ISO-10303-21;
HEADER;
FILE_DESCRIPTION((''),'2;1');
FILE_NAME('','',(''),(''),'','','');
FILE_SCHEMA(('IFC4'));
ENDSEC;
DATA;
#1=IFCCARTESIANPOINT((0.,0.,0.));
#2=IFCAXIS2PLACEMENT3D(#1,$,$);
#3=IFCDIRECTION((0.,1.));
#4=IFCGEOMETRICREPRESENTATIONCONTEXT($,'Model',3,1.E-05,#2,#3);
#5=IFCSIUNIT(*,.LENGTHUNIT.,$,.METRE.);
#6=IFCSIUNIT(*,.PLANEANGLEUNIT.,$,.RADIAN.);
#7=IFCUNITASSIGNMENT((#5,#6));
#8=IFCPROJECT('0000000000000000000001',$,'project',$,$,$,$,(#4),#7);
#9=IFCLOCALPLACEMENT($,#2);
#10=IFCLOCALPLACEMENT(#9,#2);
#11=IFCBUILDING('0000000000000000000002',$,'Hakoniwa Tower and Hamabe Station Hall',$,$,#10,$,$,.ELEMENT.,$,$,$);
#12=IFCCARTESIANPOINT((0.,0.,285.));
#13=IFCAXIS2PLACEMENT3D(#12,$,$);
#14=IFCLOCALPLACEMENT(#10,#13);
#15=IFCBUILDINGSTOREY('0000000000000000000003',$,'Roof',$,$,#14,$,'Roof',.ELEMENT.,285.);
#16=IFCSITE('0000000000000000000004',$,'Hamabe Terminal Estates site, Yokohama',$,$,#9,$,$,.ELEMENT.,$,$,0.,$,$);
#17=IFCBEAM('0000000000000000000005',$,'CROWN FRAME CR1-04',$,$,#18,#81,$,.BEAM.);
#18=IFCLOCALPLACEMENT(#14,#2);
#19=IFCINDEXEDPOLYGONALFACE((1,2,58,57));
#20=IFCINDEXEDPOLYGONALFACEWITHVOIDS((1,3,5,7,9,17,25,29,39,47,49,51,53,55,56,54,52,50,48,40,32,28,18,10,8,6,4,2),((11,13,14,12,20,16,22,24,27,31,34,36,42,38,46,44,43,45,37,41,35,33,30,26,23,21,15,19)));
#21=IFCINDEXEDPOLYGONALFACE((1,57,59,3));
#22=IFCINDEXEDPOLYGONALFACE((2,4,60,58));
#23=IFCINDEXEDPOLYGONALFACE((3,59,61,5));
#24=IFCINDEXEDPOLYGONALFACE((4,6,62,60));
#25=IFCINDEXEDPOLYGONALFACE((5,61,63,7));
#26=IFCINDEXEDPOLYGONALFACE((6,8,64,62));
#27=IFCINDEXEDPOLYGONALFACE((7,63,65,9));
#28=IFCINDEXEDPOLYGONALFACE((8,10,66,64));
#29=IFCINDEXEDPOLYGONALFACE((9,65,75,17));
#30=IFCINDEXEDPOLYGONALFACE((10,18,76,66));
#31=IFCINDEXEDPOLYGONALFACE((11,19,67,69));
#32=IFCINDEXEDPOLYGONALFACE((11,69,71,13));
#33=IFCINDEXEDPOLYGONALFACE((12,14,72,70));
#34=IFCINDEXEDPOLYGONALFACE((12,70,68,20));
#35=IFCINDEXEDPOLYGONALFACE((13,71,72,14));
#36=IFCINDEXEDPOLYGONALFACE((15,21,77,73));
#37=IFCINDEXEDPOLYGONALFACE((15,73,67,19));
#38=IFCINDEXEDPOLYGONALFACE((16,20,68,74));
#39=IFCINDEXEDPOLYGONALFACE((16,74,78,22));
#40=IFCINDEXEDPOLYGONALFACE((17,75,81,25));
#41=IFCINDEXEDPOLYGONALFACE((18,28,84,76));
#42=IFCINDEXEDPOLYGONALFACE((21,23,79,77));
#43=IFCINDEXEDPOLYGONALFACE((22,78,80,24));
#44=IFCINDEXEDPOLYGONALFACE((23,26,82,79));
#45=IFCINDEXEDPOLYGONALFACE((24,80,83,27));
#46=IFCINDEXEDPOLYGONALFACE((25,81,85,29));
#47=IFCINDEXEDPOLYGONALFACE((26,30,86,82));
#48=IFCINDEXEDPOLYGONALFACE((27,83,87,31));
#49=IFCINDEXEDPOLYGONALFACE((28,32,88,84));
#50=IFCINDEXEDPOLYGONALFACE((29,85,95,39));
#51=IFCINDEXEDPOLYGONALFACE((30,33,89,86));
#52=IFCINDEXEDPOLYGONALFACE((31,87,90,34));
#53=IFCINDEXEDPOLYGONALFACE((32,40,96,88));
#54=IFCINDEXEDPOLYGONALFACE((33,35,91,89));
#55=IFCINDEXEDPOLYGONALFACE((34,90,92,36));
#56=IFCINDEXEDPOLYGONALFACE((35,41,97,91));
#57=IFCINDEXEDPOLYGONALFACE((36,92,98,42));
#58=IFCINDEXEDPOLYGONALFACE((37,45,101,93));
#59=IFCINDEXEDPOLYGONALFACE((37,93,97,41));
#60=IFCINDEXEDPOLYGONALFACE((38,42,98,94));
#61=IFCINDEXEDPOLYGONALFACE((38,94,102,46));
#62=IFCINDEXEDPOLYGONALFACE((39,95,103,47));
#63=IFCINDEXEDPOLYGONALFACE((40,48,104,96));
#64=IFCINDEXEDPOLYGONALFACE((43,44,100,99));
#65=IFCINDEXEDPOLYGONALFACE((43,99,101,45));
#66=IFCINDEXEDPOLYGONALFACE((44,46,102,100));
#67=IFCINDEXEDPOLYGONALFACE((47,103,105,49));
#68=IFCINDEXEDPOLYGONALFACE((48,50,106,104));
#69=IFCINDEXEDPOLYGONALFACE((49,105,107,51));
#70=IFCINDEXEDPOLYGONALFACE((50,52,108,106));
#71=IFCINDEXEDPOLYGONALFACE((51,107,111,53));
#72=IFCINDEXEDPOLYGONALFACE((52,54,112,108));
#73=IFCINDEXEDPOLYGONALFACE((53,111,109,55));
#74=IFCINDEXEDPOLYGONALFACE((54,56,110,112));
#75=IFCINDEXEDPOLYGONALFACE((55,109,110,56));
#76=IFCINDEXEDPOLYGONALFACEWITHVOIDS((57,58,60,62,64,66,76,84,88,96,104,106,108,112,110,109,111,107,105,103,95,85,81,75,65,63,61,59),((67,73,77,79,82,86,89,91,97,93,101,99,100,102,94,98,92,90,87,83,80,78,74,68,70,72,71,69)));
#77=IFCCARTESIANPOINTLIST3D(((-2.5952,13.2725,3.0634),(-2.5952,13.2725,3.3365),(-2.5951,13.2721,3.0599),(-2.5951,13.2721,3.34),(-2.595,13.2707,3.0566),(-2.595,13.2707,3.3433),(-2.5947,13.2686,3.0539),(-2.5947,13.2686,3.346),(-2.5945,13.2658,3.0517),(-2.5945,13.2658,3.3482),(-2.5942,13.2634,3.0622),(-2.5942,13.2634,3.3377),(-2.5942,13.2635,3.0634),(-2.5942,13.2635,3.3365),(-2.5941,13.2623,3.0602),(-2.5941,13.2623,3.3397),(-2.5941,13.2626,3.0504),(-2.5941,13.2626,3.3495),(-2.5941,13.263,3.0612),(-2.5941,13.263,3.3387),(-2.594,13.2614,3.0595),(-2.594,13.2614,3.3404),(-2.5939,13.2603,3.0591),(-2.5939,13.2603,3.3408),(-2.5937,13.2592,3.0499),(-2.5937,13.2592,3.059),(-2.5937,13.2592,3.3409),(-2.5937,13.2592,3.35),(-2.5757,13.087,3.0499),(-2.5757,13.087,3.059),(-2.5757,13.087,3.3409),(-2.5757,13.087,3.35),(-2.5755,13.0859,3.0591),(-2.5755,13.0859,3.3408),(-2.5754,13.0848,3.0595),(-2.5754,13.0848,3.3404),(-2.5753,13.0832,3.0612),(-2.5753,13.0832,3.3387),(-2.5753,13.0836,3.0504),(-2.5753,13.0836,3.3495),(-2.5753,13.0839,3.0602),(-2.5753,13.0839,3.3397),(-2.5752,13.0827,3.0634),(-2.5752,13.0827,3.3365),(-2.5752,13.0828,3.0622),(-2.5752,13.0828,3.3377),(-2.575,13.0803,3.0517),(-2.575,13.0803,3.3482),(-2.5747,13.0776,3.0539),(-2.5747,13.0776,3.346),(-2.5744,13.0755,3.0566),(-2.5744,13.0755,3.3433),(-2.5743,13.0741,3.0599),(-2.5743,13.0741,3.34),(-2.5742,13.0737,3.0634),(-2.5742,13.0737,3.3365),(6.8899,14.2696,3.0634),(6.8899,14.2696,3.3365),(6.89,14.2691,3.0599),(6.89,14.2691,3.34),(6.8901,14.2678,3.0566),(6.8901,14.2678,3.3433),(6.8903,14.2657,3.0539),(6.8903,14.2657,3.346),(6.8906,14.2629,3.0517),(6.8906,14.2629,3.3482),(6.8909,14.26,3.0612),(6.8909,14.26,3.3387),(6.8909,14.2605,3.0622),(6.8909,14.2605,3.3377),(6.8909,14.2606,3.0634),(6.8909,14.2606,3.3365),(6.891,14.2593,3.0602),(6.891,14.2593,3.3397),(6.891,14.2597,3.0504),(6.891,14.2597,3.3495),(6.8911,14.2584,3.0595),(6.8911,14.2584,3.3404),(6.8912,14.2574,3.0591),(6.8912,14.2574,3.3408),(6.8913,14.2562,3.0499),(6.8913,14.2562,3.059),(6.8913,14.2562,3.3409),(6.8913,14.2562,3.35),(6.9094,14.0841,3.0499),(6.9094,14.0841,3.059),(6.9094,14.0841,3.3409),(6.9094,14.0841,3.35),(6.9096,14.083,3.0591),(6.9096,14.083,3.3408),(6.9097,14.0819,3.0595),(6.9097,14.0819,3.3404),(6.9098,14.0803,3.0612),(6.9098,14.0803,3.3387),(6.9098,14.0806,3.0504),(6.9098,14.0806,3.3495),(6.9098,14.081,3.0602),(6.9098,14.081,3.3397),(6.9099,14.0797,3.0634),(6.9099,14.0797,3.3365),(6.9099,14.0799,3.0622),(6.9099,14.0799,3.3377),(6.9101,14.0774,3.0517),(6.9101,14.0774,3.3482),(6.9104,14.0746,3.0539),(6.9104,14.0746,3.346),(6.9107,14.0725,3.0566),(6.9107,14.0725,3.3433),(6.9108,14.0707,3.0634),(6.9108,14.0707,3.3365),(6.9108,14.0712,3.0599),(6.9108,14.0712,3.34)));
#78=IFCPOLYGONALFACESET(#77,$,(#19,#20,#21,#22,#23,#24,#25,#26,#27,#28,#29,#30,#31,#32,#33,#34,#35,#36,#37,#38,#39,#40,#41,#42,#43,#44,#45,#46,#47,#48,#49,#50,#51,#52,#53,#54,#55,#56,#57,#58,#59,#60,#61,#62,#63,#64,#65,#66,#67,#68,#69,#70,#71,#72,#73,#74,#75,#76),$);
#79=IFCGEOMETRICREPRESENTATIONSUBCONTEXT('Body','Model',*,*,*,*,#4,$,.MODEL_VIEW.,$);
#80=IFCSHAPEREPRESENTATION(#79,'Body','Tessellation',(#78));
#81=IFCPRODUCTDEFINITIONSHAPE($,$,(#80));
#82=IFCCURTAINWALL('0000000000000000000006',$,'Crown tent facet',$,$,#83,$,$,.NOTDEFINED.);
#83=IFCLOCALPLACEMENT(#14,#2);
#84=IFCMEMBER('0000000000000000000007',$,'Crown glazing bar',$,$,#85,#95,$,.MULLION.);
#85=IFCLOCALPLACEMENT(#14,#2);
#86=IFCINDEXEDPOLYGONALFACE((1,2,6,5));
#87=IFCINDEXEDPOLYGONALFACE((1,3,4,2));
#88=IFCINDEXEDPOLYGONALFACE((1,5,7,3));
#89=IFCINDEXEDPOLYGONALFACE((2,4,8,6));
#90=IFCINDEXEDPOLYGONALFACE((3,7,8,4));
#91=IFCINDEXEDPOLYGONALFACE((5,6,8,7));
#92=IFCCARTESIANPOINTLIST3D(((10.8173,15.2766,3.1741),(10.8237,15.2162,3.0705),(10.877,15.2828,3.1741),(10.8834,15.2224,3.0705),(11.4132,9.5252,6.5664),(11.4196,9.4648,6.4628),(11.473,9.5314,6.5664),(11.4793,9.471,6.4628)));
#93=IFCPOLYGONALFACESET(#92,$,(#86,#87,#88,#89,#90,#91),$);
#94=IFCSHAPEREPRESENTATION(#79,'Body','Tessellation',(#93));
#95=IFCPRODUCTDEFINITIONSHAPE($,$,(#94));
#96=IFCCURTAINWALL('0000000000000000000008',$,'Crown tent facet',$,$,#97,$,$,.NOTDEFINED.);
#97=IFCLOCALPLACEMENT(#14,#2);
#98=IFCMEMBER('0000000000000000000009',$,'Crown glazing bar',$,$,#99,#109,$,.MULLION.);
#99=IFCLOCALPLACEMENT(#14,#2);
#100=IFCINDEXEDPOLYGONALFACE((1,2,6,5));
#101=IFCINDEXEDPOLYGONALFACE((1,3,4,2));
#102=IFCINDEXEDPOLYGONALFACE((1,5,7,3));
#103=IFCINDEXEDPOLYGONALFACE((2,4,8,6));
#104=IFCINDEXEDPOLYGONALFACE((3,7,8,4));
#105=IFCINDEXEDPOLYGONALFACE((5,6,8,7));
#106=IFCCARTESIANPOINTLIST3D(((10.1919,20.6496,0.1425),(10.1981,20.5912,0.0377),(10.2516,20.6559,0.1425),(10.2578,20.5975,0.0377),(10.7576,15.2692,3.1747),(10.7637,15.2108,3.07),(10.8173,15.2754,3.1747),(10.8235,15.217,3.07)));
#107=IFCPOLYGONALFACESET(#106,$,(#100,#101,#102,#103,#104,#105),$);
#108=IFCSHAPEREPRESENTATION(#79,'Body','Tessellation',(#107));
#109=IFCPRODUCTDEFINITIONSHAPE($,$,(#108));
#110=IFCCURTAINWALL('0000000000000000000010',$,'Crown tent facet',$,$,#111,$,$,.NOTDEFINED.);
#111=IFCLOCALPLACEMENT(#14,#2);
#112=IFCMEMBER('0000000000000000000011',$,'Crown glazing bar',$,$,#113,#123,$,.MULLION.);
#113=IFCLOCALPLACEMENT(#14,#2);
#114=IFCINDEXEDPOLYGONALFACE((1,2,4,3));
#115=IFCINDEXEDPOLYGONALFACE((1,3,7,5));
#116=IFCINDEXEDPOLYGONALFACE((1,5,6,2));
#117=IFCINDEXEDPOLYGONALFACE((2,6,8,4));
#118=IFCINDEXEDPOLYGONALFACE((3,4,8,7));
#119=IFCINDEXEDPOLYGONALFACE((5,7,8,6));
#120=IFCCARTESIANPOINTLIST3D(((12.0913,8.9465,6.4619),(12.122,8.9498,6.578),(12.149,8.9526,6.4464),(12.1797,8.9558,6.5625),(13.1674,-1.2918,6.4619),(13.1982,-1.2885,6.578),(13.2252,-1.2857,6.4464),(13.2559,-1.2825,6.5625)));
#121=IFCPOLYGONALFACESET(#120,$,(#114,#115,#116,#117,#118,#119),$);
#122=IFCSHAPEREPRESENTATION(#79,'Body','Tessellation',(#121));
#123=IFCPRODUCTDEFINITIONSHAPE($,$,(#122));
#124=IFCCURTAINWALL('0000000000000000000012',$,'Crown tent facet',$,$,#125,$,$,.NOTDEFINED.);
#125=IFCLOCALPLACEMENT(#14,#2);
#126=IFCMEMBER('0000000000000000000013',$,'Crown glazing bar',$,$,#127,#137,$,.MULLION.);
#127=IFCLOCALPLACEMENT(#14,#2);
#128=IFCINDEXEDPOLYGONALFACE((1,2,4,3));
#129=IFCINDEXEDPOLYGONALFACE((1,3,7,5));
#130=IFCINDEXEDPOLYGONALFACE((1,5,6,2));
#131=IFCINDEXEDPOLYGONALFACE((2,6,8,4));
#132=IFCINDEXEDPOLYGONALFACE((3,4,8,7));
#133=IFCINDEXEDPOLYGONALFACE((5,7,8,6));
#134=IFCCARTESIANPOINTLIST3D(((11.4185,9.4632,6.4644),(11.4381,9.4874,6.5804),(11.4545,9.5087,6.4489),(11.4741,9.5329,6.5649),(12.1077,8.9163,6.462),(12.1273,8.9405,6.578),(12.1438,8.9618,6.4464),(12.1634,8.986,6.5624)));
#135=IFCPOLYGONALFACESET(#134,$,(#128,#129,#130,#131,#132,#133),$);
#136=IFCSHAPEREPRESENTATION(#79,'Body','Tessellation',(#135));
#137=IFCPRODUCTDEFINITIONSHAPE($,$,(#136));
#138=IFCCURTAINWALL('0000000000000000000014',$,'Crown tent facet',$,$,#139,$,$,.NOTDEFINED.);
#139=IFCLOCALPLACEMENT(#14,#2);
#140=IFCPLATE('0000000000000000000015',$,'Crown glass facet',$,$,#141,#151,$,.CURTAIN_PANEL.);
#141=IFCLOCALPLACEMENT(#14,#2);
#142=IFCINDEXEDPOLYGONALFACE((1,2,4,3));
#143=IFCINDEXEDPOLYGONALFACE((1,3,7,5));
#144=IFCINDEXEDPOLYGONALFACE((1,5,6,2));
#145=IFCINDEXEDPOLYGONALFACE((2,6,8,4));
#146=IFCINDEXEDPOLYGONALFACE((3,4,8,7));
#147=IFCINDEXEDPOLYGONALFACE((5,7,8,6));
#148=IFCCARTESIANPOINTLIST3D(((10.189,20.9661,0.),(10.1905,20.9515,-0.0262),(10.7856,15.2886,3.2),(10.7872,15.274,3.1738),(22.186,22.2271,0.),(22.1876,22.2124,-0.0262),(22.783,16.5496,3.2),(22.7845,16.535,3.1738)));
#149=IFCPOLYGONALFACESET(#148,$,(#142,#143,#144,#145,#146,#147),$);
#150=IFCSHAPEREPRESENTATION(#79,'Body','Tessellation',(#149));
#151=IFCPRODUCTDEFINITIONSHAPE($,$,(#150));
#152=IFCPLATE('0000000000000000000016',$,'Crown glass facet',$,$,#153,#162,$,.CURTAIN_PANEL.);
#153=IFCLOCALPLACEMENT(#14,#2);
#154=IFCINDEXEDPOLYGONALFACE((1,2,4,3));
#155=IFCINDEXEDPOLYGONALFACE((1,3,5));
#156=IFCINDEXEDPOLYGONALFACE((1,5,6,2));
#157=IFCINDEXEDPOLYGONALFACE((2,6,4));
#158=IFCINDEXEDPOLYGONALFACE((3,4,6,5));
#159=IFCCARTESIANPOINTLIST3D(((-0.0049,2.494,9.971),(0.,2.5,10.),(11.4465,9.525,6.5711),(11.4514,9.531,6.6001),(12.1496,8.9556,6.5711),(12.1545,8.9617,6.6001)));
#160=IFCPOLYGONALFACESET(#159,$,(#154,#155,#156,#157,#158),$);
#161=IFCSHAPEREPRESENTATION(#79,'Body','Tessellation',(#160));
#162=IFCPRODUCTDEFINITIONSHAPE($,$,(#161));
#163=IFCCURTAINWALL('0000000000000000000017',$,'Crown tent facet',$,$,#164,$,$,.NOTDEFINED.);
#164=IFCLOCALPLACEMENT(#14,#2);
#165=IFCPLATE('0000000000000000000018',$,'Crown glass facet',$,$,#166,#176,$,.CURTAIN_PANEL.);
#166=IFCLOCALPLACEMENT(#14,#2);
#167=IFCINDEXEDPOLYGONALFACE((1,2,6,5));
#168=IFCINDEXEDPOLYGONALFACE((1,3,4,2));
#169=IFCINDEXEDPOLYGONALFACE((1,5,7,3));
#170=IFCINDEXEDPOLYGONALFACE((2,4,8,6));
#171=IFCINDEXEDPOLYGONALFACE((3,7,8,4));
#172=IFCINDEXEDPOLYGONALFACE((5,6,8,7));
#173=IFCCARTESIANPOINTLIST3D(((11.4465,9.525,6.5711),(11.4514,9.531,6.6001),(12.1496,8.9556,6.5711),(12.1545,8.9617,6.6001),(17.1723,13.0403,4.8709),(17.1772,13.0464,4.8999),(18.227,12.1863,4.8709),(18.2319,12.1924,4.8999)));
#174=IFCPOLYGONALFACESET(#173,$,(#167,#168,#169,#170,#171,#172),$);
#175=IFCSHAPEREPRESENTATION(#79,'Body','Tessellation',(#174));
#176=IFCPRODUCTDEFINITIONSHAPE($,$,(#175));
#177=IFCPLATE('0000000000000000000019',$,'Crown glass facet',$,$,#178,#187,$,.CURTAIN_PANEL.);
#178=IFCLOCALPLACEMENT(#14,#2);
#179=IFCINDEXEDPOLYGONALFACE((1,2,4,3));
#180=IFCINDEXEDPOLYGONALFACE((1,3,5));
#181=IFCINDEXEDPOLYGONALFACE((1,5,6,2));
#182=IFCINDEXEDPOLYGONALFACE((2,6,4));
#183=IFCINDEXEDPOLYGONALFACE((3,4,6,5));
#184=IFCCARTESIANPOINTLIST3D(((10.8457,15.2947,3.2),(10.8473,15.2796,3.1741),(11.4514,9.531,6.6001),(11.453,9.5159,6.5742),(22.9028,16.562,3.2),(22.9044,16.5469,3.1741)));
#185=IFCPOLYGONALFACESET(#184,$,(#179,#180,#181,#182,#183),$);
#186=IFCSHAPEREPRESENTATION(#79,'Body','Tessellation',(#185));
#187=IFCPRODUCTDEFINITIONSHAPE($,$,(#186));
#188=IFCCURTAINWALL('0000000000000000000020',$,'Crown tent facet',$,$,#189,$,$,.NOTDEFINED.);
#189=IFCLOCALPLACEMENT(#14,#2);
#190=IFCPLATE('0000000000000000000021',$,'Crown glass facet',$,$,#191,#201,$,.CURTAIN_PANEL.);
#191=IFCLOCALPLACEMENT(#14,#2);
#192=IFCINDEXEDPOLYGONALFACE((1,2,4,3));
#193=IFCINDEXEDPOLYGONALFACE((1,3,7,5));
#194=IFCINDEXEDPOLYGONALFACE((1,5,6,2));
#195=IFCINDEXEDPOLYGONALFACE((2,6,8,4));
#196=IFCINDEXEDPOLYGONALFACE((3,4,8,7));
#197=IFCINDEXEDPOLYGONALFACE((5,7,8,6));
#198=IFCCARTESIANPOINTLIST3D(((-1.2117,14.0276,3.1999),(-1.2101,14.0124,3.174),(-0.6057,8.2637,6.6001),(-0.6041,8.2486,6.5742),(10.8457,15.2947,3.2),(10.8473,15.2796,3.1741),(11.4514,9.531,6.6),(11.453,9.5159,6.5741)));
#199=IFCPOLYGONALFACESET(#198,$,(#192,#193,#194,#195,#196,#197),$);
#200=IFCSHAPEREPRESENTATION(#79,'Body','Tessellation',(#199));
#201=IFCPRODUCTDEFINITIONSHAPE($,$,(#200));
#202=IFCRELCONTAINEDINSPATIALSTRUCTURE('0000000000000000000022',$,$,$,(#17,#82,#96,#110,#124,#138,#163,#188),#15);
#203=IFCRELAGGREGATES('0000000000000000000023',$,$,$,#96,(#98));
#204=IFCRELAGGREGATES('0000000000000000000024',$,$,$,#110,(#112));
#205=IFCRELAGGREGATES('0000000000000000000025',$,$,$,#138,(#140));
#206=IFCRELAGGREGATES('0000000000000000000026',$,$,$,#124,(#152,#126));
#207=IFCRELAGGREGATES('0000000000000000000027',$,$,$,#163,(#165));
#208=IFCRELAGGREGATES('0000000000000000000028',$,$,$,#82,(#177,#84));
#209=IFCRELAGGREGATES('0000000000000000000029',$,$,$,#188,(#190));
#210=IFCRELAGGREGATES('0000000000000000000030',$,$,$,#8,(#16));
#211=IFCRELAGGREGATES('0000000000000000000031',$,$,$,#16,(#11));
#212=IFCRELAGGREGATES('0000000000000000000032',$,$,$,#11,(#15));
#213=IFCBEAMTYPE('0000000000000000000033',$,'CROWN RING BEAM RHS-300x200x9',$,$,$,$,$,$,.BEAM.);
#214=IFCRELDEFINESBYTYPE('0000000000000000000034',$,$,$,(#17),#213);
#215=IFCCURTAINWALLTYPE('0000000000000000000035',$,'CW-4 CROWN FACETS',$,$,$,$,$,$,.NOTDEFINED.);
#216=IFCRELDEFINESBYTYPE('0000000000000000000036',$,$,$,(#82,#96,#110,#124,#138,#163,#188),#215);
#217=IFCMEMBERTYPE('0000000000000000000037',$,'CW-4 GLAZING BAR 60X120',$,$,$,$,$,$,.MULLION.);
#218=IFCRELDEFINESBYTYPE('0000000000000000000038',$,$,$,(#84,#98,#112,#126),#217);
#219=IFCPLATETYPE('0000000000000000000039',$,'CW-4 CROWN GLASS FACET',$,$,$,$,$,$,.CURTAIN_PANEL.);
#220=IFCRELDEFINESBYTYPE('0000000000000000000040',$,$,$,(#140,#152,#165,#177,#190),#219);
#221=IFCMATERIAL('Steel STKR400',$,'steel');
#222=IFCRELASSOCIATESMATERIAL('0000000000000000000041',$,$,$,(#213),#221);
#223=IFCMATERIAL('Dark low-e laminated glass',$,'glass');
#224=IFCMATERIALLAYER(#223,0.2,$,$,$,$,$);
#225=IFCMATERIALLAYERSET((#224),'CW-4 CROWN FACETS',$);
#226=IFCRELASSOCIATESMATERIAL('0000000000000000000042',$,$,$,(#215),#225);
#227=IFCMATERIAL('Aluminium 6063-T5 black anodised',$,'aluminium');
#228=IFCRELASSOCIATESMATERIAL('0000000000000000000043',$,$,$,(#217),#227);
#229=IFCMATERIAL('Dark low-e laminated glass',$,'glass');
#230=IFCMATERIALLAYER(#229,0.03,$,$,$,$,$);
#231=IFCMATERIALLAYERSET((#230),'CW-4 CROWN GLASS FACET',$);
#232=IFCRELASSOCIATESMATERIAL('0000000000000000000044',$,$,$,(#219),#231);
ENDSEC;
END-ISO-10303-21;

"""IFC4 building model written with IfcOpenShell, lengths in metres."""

from ifc_helpers import new_model, si_unit, direction, frame, origin, origin_2d, place, context, subcontext, project, spatial, polyline, rectangle, hollow_rectangle, outline, extrude, material, layer, layer_set, material_profile, profile_set, type_object, element, aggregate, save


model = new_model("IFC4")

# Units and contexts
model_context = context("Model", 3, precision=1e-05, world=origin(), true_north=direction((0.0, 1.0)))
body_context = subcontext(model_context, "Body", "Model", "MODEL_VIEW")
ifc_project = project(units=[si_unit("LENGTHUNIT", "METRE"), si_unit("PLANEANGLEUNIT", "RADIAN")], contexts=[model_context])

# Site, building, storey
site_placement = place(None, origin())
site = spatial("IfcSite", under=ifc_project, at=site_placement, Name="Hamabe Terminal Estates site, Yokohama", CompositionType="ELEMENT", RefElevation=0.0)
building_placement = place(site_placement, origin())
building = spatial("IfcBuilding", under=site, at=building_placement, Name="Hakoniwa Tower and Hamabe Station Hall", CompositionType="ELEMENT")
storey_placement = place(building_placement, frame((0.0, 0.0, 285.0)))
storey = spatial("IfcBuildingStorey", under=building, at=storey_placement, Name="Roof", LongName="Roof", CompositionType="ELEMENT", Elevation=285.0)

# Beam
ifc_material_1 = material(Name="Steel STKR400", Category="steel")
ifc_material_profile_1 = material_profile(ifc_material_1, hollow_rectangle(XDim=0.2, YDim=0.3, WallThickness=0.009, InnerFilletRadius=0.0044, OuterFilletRadius=0.0134, at=origin_2d()), Name="RHS-300x200x9")
ifc_profile_set_1 = profile_set([ifc_material_profile_1], Name="Steel STKR400")
beam_type = type_object("IfcBeamType", Name="CROWN RING BEAM RHS-300x200x9", PredefinedType="BEAM", material=ifc_profile_set_1)
beam_1_placement = place(storey_placement, frame((6.9004, 14.1702, 3.2), z_axis=(-0.99452, -0.104544, 0.0), x_axis=(0.104544, -0.99452, 0.0)))
element("IfcBeam", 1, at=beam_1_placement, inside=storey, type_object=beam_type, Name="CROWN FRAME CR1-04", PredefinedType="BEAM", context=body_context, shape_type="SweptSolid", body=[
    extrude(hollow_rectangle(XDim=0.2, YDim=0.3, WallThickness=0.009, InnerFilletRadius=0.0044, OuterFilletRadius=0.0134, at=origin_2d()), origin(), (0.0, 0.0, 1.0), 9.5374),
])

# Curtain walls, members
ifc_material_2 = material(Name="Dark low-e laminated glass", Category="glass")
ifc_layer_1 = layer(ifc_material_2, 0.2)
ifc_layer_set_1 = layer_set([ifc_layer_1], Name="CW-4 CROWN FACETS")
curtain_wall_type = type_object("IfcCurtainWallType", Name="CW-4 CROWN FACETS", PredefinedType="NOTDEFINED", material=ifc_layer_set_1)
curtain_wall_1_placement = place(storey_placement, origin())
curtain_wall_1 = element("IfcCurtainWall", 2, at=curtain_wall_1_placement, inside=storey, type_object=curtain_wall_type, Name="Crown tent facet", PredefinedType="NOTDEFINED")
ifc_material_3 = material(Name="Aluminium 6063-T5 black anodised", Category="aluminium")
ifc_material_profile_2 = material_profile(ifc_material_3, rectangle(XDim=0.0601, YDim=0.1201, at=origin_2d()), Name="CW-4 GLAZING BAR 60X120")
ifc_profile_set_2 = profile_set([ifc_material_profile_2], Name="Aluminium 6063-T5 black anodised")
member_type_1 = type_object("IfcMemberType", Name="CW-4 GLAZING BAR 60X120", PredefinedType="MULLION", material=ifc_profile_set_2)
member_1_placement = place(storey_placement, frame((10.8503, 15.2495, 3.1223), z_axis=(0.088895, -0.857927, 0.506023), x_axis=(0.994635, 0.103443, 0.000648)))
member_1 = element("IfcMember", 3, at=member_1_placement, type_object=member_type_1, Name="Crown glazing bar", PredefinedType="MULLION", context=body_context, shape_type="SweptSolid", body=[
    extrude(rectangle(XDim=0.0601, YDim=0.1201, at=origin_2d()), origin(), (0.0, 0.0, 1.0), 6.7039),
])
curtain_wall_2_placement = place(storey_placement, origin())
curtain_wall_2 = element("IfcCurtainWall", 4, at=curtain_wall_2_placement, inside=storey, type_object=curtain_wall_type, Name="Crown tent facet", PredefinedType="NOTDEFINED")
member_2_placement = place(storey_placement, frame((10.2249, 20.6235, 0.0901), z_axis=(0.091211, -0.867545, 0.488924), x_axis=(0.994519, 0.10456, 0.0)))
member_2 = element("IfcMember", 5, at=member_2_placement, type_object=member_type_1, Name="Crown glazing bar", PredefinedType="MULLION", context=body_context, shape_type="SweptSolid", body=[
    extrude(rectangle(XDim=0.0601, YDim=0.1201, at=origin_2d()), origin(), (0.0, 0.0, 1.0), 6.2019),
])
aggregate(curtain_wall_2, [member_2])
curtain_wall_3_placement = place(storey_placement, origin())
curtain_wall_3 = element("IfcCurtainWall", 6, at=curtain_wall_3_placement, inside=storey, type_object=curtain_wall_type, Name="Crown tent facet", PredefinedType="NOTDEFINED")
member_3_placement = place(storey_placement, frame((12.1355, 8.9512, 6.5122), z_axis=(0.104537, -0.994521, 0.0), x_axis=(0.961008, 0.101014, -0.257408)))
member_3 = element("IfcMember", 7, at=member_3_placement, type_object=member_type_1, Name="Crown glazing bar", PredefinedType="MULLION", context=body_context, shape_type="SweptSolid", body=[
    extrude(rectangle(XDim=0.0601, YDim=0.1201, at=origin_2d()), origin(), (0.0, 0.0, 1.0), 10.2947),
])
aggregate(curtain_wall_3, [member_3])
curtain_wall_4_placement = place(storey_placement, origin())
curtain_wall_4 = element("IfcCurtainWall", 8, at=curtain_wall_4_placement, inside=storey, type_object=curtain_wall_type, Name="Crown tent facet", PredefinedType="NOTDEFINED")
member_4_placement = place(storey_placement, frame((11.4463, 9.498, 6.5146), z_axis=(0.78335, -0.621574, -0.002775), x_axis=(0.599778, 0.757038, -0.259152)))
member_4 = element("IfcMember", 9, at=member_4_placement, type_object=member_type_1, Name="Crown glazing bar", PredefinedType="MULLION", context=body_context, shape_type="SweptSolid", body=[
    extrude(rectangle(XDim=0.0601, YDim=0.1201, at=origin_2d()), origin(), (0.0, 0.0, 1.0), 0.8799),
])

# Curtain wall, plate
curtain_wall_5_placement = place(storey_placement, origin())
curtain_wall_5 = element("IfcCurtainWall", 10, at=curtain_wall_5_placement, inside=storey, type_object=curtain_wall_type, Name="Crown tent facet", PredefinedType="NOTDEFINED")
ifc_material_4 = material(Name="Dark low-e laminated glass", Category="glass")
ifc_layer_2 = layer(ifc_material_4, 0.03)
ifc_layer_set_2 = layer_set([ifc_layer_2], Name="CW-4 CROWN GLASS FACET")
plate_type = type_object("IfcPlateType", Name="CW-4 CROWN GLASS FACET", PredefinedType="CURTAIN_PANEL", material=ifc_layer_set_2)
plate_1_placement = place(storey_placement, frame((10.7856, 15.2886, 3.2), z_axis=(-0.051111, 0.486278, 0.872308), x_axis=(-0.091174, 0.86753, -0.488957)))
plate_1 = element("IfcPlate", 11, at=plate_1_placement, type_object=plate_type, Name="Crown glass facet", PredefinedType="CURTAIN_PANEL", context=body_context, shape_type="SweptSolid", body=[
    extrude(outline(polyline([(0.0, 0.0), (6.5444, 0.0), (6.5446, -12.0632), (0.0001, -12.0634), (0.0, 0.0)])), origin(), (0.0, 0.0, -1.0), 0.03),
])
aggregate(curtain_wall_5, [plate_1])

# Plate
plate_2_placement = place(storey_placement, frame((11.4514, 9.531, 6.6001), z_axis=(0.163089, 0.201414, 0.965834), x_axis=(0.777169, -0.629291, 0.0)))
plate_2 = element("IfcPlate", 12, at=plate_2_placement, type_object=plate_type, Name="Crown glass facet", PredefinedType="CURTAIN_PANEL", context=body_context, shape_type="SweptSolid", body=[
    extrude(outline(polyline([(0.0, 0.0), (0.9047, 0.0), (-4.4751, -13.1188), (0.0, 0.0)])), origin(), (0.0, 0.0, -1.0), 0.03),
])
aggregate(curtain_wall_4, [plate_2, member_4])

# Curtain wall, plate
curtain_wall_6_placement = place(storey_placement, origin())
curtain_wall_6 = element("IfcCurtainWall", 13, at=curtain_wall_6_placement, inside=storey, type_object=curtain_wall_type, Name="Crown tent facet", PredefinedType="NOTDEFINED")
plate_3_placement = place(storey_placement, frame((12.1545, 8.9617, 6.6001), z_axis=(0.163111, 0.201441, 0.965824), x_axis=(-0.777169, 0.629291, 0.0)))
plate_3 = element("IfcPlate", 14, at=plate_3_placement, type_object=plate_type, Name="Crown glass facet", PredefinedType="CURTAIN_PANEL", context=body_context, shape_type="SweptSolid", body=[
    extrude(outline(polyline([(0.0, 0.0), (0.9047, 0.0), (-1.333, -6.5594), (-2.6901, -6.5594), (0.0, 0.0)])), origin(), (0.0, 0.0, -1.0), 0.03),
])
aggregate(curtain_wall_6, [plate_3])

# Plate
plate_4_placement = place(storey_placement, frame((11.4514, 9.531, 6.6001), z_axis=(-0.052898, 0.503261, 0.862514), x_axis=(-0.090146, 0.85779, -0.506034)))
plate_4 = element("IfcPlate", 15, at=plate_4_placement, type_object=plate_type, Name="Crown glass facet", PredefinedType="CURTAIN_PANEL", context=body_context, shape_type="SweptSolid", body=[
    extrude(outline(polyline([(0.0, 0.0), (6.7192, 0.0), (6.7194, -12.1236), (0.0, 0.0)])), origin(), (0.0, 0.0, -1.0), 0.03),
])
aggregate(curtain_wall_1, [plate_4, member_1])

# Curtain wall, plate
curtain_wall_7_placement = place(storey_placement, origin())
curtain_wall_7 = element("IfcCurtainWall", 16, at=curtain_wall_7_placement, inside=storey, type_object=curtain_wall_type, Name="Crown tent facet", PredefinedType="NOTDEFINED")
plate_5_placement = place(storey_placement, frame((10.8457, 15.2947, 3.2), z_axis=(-0.052892, 0.503253, 0.862519), x_axis=(0.090147, -0.857795, 0.506025)))
plate_5 = element("IfcPlate", 17, at=plate_5_placement, type_object=plate_type, Name="Crown glass facet", PredefinedType="CURTAIN_PANEL", context=body_context, shape_type="SweptSolid", body=[
    extrude(outline(polyline([(0.0, 0.0), (6.7192, 0.0), (6.7194, -12.1236), (0.0, -12.1238), (0.0, 0.0)])), origin(), (0.0, 0.0, -1.0), 0.03),
])
aggregate(curtain_wall_7, [plate_5])

save(model, "model.ifc")
